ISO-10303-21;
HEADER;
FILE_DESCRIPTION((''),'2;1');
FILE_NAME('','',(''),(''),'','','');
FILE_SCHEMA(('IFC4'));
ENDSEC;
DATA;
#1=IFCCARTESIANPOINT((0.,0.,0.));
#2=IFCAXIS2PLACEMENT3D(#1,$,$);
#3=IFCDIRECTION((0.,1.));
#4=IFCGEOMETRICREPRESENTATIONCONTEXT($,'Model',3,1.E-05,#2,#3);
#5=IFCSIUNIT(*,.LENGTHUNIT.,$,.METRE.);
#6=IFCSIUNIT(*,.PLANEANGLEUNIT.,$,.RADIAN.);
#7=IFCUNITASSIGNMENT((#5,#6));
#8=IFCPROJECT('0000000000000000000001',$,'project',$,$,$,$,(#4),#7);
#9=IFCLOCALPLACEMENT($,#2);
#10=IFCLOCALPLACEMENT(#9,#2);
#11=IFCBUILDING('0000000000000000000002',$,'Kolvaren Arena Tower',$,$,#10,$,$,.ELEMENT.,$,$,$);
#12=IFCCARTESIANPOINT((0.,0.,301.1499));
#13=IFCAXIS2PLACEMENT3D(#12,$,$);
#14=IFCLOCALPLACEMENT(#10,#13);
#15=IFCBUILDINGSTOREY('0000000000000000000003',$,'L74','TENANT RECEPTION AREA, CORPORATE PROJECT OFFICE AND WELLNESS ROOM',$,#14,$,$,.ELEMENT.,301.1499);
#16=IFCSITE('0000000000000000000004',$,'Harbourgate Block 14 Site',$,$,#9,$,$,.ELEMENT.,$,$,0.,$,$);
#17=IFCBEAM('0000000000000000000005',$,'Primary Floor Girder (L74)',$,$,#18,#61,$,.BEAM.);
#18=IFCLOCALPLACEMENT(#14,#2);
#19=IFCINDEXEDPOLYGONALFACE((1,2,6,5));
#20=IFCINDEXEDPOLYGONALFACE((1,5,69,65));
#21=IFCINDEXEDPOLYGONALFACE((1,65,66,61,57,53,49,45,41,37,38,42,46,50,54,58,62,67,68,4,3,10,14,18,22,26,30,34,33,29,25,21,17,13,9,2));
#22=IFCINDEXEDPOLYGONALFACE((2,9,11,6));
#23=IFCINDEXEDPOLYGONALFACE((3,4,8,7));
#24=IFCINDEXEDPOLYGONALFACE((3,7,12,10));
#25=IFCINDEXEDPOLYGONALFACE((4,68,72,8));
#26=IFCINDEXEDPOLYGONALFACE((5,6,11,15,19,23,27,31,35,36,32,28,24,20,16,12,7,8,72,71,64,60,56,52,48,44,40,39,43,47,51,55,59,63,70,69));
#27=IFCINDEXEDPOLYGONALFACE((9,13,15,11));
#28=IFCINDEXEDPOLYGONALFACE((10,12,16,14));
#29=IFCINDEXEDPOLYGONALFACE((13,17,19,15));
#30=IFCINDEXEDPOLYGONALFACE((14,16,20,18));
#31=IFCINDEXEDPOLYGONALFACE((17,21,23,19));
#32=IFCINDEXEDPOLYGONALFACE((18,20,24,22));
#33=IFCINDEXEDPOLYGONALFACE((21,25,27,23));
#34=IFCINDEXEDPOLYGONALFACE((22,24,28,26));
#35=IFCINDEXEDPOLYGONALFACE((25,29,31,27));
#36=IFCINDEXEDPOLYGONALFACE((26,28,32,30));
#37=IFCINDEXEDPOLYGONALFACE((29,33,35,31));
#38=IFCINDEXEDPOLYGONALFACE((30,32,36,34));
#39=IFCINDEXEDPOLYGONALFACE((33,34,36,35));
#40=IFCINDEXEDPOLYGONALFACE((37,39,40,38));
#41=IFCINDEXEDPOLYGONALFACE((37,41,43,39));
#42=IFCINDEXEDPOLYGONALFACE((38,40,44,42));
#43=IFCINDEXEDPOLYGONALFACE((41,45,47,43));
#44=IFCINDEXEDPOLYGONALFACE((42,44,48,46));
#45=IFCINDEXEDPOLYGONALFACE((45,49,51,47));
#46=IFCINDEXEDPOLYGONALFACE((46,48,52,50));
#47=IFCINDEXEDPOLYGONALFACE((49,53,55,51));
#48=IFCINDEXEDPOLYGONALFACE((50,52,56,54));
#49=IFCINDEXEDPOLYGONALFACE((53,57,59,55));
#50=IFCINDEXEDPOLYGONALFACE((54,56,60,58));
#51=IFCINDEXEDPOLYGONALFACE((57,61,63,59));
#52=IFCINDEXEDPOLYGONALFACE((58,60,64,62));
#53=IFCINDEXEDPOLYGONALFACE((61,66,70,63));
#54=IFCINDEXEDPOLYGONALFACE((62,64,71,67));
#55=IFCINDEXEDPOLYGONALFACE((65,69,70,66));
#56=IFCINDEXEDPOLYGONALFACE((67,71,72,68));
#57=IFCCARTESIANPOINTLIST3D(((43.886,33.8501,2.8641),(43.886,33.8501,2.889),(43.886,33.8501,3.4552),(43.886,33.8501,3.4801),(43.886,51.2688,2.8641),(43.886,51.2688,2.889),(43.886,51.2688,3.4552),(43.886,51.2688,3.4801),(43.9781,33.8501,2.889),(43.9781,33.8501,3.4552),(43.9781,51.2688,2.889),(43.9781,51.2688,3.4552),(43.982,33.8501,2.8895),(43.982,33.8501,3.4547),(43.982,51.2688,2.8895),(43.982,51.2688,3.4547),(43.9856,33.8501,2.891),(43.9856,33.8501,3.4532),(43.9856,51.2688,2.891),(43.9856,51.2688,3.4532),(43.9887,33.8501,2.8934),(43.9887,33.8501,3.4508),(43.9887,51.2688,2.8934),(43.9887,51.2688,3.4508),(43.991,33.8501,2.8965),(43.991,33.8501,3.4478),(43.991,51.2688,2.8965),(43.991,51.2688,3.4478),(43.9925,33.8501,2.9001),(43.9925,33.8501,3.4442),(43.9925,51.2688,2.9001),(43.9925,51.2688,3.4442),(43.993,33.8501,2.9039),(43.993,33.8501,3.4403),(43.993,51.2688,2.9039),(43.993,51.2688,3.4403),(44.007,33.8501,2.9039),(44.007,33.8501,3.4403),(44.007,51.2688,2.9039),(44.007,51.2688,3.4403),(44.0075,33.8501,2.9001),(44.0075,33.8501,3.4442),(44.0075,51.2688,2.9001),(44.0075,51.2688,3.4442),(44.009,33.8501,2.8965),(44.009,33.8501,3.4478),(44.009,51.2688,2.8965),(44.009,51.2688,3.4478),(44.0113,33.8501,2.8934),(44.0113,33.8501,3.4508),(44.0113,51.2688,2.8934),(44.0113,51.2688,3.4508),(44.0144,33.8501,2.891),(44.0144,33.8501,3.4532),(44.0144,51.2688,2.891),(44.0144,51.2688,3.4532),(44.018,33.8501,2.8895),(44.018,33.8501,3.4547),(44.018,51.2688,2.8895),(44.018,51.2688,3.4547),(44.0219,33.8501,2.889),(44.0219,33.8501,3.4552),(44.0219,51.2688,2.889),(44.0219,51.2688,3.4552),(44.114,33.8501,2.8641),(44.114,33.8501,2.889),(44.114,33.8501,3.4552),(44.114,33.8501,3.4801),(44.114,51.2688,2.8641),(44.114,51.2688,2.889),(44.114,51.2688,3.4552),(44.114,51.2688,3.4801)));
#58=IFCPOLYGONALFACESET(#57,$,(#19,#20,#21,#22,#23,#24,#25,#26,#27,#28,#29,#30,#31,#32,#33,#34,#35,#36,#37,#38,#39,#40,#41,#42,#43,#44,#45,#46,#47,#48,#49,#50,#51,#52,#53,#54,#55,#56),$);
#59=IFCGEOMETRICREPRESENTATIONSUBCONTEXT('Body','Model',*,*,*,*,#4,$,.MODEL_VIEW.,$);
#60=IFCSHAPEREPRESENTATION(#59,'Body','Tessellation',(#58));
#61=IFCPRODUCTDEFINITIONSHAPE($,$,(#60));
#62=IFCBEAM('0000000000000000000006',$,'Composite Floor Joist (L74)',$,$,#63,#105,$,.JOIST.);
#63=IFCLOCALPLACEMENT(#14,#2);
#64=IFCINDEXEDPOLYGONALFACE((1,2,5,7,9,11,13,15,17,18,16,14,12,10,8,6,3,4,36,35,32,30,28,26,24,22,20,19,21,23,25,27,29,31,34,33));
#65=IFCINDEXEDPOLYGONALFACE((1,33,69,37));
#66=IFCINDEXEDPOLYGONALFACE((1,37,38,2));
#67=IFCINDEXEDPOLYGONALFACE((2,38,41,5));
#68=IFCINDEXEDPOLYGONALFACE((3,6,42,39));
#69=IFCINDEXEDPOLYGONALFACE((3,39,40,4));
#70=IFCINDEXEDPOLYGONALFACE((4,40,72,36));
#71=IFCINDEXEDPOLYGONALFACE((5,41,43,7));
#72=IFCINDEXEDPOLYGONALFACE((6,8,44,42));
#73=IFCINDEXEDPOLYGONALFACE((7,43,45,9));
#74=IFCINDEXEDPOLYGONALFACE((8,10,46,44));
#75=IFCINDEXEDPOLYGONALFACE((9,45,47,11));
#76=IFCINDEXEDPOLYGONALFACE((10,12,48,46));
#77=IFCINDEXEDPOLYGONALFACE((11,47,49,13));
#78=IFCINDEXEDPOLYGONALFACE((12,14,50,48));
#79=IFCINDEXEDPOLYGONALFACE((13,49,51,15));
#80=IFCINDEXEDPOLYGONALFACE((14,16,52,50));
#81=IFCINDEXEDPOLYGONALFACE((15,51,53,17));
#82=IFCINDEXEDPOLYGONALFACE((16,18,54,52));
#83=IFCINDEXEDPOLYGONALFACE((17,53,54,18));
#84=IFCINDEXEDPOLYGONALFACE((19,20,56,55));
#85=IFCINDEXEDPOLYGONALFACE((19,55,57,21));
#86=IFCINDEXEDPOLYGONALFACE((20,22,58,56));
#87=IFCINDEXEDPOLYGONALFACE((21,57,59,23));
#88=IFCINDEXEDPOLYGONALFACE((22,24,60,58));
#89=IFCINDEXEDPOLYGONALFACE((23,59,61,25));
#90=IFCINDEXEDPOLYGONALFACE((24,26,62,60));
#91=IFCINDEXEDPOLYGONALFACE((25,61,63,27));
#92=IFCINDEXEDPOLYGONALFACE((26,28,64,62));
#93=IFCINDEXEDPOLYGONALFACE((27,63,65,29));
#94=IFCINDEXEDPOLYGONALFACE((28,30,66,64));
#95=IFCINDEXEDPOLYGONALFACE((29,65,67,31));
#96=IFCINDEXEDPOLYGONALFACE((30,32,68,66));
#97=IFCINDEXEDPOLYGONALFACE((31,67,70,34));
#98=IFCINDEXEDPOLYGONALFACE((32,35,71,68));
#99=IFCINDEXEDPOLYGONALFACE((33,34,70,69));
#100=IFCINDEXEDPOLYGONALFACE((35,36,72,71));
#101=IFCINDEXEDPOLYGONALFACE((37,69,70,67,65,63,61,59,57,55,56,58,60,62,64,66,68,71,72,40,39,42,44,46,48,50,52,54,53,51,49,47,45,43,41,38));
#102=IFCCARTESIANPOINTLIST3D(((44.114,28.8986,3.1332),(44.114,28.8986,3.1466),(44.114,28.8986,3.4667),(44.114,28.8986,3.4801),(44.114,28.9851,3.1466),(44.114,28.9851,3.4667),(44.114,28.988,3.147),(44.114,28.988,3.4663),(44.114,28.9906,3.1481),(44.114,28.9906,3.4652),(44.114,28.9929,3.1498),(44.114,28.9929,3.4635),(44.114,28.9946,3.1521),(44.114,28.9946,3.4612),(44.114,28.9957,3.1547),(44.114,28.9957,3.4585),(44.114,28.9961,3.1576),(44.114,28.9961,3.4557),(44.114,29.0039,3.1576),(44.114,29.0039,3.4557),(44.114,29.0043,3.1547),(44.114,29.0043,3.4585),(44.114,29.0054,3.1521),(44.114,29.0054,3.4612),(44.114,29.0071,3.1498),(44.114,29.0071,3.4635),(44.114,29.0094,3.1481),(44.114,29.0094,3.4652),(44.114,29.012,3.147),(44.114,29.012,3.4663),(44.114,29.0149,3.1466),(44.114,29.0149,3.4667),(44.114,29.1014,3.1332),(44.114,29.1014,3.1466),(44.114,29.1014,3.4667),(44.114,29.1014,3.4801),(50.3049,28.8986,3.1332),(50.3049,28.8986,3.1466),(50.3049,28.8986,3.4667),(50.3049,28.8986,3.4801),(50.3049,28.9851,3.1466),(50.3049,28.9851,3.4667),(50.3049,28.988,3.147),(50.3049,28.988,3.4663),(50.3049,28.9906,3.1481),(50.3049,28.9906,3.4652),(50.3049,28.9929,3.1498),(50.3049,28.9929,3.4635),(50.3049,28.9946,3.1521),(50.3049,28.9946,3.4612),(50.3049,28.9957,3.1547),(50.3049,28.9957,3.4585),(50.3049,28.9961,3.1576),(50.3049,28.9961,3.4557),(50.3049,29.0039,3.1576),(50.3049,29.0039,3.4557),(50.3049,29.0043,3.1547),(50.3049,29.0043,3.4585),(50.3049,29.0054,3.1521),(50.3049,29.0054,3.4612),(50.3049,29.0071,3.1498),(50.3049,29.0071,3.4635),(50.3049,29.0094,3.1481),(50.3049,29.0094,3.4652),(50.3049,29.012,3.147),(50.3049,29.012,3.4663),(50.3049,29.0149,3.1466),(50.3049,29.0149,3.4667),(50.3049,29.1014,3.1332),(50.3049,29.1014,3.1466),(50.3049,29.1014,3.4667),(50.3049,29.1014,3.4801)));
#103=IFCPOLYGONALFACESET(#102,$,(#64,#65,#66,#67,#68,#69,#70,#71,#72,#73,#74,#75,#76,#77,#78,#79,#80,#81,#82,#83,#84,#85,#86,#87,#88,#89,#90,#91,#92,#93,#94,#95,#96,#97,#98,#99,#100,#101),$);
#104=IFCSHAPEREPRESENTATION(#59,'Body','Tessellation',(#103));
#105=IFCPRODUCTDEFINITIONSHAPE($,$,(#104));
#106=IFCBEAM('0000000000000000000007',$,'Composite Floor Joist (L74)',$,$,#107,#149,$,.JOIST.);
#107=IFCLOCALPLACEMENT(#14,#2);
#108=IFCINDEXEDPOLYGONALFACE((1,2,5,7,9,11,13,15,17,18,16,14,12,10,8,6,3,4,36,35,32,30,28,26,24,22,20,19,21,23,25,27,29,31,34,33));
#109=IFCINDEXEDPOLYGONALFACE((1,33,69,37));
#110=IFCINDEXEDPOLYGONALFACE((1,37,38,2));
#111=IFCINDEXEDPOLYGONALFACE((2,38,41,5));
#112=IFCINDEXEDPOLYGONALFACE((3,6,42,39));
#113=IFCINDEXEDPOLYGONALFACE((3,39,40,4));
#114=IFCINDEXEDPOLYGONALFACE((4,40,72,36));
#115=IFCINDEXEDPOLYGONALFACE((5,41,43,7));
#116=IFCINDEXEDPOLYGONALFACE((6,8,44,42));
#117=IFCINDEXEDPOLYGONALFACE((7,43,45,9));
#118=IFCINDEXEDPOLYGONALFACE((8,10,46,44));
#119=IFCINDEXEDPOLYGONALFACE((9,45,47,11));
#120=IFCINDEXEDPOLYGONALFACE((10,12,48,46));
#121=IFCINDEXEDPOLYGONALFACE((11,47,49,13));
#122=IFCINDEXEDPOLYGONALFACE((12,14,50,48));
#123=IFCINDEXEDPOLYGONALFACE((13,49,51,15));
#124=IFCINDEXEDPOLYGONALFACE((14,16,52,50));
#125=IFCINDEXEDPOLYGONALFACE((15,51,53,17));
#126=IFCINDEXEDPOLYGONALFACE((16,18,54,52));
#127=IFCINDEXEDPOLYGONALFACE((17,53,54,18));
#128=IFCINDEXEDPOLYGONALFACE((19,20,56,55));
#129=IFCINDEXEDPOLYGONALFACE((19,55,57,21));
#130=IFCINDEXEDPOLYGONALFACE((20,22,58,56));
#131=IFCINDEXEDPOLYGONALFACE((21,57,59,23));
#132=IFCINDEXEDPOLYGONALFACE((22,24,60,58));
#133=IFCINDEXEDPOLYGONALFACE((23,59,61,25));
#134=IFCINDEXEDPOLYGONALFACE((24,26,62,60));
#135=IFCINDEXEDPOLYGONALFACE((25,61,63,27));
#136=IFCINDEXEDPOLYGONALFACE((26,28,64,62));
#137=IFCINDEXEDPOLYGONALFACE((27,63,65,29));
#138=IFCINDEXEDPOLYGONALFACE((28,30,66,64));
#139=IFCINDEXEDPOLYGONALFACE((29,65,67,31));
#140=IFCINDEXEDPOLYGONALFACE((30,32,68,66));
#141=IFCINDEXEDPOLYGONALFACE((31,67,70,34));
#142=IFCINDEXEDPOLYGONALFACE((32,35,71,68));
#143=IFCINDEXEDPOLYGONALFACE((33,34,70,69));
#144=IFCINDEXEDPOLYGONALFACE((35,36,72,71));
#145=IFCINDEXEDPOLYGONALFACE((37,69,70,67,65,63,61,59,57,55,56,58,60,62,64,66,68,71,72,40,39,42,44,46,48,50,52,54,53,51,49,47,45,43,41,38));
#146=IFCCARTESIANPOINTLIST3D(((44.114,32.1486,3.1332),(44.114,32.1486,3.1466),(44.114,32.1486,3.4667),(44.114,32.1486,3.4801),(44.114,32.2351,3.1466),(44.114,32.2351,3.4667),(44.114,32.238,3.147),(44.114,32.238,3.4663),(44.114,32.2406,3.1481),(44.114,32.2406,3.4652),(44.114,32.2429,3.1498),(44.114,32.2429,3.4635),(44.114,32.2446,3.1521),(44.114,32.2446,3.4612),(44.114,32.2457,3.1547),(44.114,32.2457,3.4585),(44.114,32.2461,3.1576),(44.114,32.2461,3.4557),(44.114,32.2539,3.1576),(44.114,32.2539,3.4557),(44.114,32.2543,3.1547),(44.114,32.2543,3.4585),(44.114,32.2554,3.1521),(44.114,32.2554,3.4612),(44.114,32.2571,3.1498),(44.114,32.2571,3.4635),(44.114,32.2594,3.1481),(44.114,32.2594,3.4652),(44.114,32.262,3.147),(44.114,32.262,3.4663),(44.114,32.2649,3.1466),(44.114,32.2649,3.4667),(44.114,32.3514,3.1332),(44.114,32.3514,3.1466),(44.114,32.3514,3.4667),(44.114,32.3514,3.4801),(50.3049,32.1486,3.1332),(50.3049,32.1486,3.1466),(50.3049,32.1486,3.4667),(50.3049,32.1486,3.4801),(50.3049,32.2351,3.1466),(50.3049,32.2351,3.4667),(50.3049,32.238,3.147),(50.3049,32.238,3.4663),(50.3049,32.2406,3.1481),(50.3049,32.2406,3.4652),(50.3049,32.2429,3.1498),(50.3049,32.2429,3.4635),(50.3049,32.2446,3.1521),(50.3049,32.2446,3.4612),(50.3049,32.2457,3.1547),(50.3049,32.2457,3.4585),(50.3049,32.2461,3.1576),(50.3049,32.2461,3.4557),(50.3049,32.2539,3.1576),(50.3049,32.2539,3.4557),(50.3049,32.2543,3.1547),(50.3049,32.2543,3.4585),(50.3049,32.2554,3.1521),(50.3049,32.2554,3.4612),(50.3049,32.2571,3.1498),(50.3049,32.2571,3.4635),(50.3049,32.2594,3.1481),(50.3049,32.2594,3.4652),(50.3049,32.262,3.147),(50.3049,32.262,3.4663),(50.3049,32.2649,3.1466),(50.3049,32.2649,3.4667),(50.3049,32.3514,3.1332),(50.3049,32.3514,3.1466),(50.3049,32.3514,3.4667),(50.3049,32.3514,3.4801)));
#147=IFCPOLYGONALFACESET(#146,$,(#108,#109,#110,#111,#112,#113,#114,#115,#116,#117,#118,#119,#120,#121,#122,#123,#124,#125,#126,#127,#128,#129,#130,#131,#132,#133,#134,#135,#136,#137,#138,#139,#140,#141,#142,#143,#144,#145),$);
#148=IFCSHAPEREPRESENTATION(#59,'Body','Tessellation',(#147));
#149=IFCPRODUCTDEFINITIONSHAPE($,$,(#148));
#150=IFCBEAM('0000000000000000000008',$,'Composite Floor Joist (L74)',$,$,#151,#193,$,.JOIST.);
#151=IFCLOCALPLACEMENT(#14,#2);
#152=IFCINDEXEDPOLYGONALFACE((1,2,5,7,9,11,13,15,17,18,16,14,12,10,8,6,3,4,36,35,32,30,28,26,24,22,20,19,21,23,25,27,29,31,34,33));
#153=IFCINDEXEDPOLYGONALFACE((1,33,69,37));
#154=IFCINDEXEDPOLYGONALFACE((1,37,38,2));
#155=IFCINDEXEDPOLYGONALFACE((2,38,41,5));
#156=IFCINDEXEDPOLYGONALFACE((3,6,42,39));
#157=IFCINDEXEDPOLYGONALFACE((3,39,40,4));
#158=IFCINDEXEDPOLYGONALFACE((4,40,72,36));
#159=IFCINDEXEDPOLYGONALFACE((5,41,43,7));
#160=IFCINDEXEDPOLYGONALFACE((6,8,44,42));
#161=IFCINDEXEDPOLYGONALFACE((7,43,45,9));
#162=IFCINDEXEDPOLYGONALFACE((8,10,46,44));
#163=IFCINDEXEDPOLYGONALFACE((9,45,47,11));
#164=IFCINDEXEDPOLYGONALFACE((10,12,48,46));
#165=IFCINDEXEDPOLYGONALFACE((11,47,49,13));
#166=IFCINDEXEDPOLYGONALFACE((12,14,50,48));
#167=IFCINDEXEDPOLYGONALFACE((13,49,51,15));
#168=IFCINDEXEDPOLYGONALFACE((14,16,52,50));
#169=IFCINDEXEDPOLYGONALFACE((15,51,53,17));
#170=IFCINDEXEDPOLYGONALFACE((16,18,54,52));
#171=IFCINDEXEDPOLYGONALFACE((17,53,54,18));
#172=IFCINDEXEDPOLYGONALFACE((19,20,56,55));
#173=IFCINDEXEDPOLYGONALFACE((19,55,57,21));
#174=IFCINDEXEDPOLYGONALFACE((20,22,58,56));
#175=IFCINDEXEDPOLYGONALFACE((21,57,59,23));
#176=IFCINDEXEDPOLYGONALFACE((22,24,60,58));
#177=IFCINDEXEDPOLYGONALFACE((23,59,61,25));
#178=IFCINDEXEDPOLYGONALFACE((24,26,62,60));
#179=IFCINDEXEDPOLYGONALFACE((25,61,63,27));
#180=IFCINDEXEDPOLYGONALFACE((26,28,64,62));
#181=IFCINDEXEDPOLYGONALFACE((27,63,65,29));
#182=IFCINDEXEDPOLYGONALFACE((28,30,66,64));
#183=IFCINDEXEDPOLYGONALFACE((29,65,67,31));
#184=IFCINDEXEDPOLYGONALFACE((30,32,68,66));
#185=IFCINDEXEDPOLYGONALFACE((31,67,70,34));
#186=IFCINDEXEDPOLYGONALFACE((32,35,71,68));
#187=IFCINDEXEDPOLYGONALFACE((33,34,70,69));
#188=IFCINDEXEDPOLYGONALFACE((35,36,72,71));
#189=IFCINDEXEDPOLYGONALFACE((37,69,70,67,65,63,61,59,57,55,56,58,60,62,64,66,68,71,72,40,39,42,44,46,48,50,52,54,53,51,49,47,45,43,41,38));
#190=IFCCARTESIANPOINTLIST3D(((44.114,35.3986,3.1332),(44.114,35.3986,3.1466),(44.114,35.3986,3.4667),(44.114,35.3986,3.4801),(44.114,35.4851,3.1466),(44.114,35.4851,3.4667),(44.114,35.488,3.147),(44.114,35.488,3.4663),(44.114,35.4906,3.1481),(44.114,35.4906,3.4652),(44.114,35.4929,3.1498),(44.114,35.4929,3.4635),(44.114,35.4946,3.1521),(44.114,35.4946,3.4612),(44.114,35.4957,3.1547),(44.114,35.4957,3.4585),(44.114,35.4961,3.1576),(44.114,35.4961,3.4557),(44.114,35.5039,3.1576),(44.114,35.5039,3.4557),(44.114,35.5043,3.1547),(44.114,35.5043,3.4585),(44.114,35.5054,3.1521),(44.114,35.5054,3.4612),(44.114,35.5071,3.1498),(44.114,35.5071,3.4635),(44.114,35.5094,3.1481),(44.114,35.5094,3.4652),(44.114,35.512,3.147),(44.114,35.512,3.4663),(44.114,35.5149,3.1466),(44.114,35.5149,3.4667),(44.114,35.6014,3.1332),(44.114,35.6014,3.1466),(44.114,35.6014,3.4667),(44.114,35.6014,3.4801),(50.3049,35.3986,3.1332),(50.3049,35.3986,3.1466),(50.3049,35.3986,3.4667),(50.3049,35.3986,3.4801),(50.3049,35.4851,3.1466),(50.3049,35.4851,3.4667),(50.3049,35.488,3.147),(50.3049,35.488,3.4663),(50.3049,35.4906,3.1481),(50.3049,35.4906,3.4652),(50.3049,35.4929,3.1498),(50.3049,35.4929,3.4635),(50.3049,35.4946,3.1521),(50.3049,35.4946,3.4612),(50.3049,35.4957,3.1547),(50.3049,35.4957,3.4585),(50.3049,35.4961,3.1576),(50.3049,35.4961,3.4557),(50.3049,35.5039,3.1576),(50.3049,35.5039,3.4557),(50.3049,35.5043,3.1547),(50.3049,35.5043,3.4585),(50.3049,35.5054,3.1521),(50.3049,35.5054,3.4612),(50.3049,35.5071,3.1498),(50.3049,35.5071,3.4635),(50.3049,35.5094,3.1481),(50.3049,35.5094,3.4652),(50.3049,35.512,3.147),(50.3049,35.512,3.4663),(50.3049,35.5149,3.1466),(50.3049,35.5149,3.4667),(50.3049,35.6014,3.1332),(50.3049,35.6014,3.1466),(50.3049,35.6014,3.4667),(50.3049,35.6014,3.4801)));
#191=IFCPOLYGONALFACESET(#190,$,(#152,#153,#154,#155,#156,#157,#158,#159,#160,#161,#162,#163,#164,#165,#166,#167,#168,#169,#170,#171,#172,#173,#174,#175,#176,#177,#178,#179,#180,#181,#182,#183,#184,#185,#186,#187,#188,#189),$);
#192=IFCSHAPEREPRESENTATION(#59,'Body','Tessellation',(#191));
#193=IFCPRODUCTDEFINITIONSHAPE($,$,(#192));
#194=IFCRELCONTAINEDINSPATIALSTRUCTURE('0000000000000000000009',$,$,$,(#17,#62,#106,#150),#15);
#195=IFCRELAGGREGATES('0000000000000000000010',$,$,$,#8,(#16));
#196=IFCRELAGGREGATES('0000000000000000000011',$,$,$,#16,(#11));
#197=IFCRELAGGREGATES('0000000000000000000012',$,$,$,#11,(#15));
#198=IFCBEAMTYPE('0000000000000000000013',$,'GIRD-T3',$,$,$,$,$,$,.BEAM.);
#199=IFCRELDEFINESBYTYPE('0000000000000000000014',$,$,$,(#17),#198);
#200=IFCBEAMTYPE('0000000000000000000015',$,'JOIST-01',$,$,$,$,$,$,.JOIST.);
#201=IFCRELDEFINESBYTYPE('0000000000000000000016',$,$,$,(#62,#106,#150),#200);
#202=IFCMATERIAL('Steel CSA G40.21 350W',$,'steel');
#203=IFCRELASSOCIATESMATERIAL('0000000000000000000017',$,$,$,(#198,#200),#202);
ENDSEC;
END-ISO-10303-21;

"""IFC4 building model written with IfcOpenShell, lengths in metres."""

from ifc_helpers import new_model, si_unit, direction, frame, origin, origin_2d, place, context, subcontext, project, spatial, i_section, extrude, material, material_profile, profile_set, type_object, element, save


model = new_model("IFC4")

# Units and contexts
model_context = context("Model", 3, precision=1e-05, world=origin(), true_north=direction((0.0, 1.0)))
body_context = subcontext(model_context, "Body", "Model", "MODEL_VIEW")
ifc_project = project(units=[si_unit("LENGTHUNIT", "METRE"), si_unit("PLANEANGLEUNIT", "RADIAN")], contexts=[model_context])

# Site, building, storey
site_placement = place(None, origin())
site = spatial("IfcSite", under=ifc_project, at=site_placement, Name="Harbourgate Block 14 Site", CompositionType="ELEMENT", RefElevation=0.0)
building_placement = place(site_placement, origin())
building = spatial("IfcBuilding", under=site, at=building_placement, Name="Kolvaren Arena Tower", CompositionType="ELEMENT")
storey_placement = place(building_placement, frame((0.0, 0.0, 301.1499)))
storey = spatial("IfcBuildingStorey", under=building, at=storey_placement, Name="L74", Description="TENANT RECEPTION AREA, CORPORATE PROJECT OFFICE AND WELLNESS ROOM", CompositionType="ELEMENT", Elevation=301.1499)

# Beams
ifc_material_1 = material(Name="Steel CSA G40.21 350W", Category="steel")
ifc_material_profile_1 = material_profile(ifc_material_1, i_section(OverallWidth=0.228, OverallDepth=0.616, WebThickness=0.0139, FlangeThickness=0.0249, FilletRadius=0.0149, at=origin_2d()), Name="W610x174")
ifc_profile_set_1 = profile_set([ifc_material_profile_1], Name="Steel CSA G40.21 350W")
beam_type_1 = type_object("IfcBeamType", Name="GIRD-T3", PredefinedType="BEAM", material=ifc_profile_set_1)
beam_1_placement = place(storey_placement, frame((44.0, 33.8501, 3.1721), z_axis=(0.0, 1.0, 0.0), x_axis=(-1.0, 0.0, 0.0)))
element("IfcBeam", 1, at=beam_1_placement, inside=storey, type_object=beam_type_1, Name="Primary Floor Girder (L74)", PredefinedType="BEAM", context=body_context, shape_type="SweptSolid", body=[
    extrude(i_section(OverallWidth=0.228, OverallDepth=0.616, WebThickness=0.0139, FlangeThickness=0.0249, FilletRadius=0.0149, at=origin_2d()), origin(), (0.0, 0.0, 1.0), 17.4187),
])
ifc_material_profile_2 = material_profile(ifc_material_1, i_section(OverallWidth=0.2029, OverallDepth=0.3469, WebThickness=0.0078, FlangeThickness=0.0134, FilletRadius=0.011, at=origin_2d()), Name="W360x64")
ifc_profile_set_2 = profile_set([ifc_material_profile_2], Name="Steel CSA G40.21 350W")
beam_type_2 = type_object("IfcBeamType", Name="JOIST-01", PredefinedType="JOIST", material=ifc_profile_set_2)
for number, where, z_axis, x_axis, name in (
    (2, (44.114, 29.0, 3.3066), (1.0, 0.0, 0.0), (0.0, 1.0, 0.0), "Composite Floor Joist (L74)"),
    (3, (44.114, 32.25, 3.3066), (1.0, 0.0, 0.0), (0.0, 1.0, 0.0), "Composite Floor Joist (L74)"),
    (4, (44.114, 35.5, 3.3066), (1.0, 0.0, 0.0), (0.0, 1.0, 0.0), "Composite Floor Joist (L74)"),
):
    element("IfcBeam", number, at=place(storey_placement, frame(where, z_axis=z_axis, x_axis=x_axis)), inside=storey, type_object=beam_type_2, Name=name, PredefinedType="JOIST", context=body_context, shape_type="SweptSolid", body=[
        extrude(i_section(OverallWidth=0.2029, OverallDepth=0.3469, WebThickness=0.0078, FlangeThickness=0.0134, FilletRadius=0.011, at=origin_2d()), origin(), (0.0, 0.0, 1.0), 6.1909),
    ])

save(model, "model.ifc")
